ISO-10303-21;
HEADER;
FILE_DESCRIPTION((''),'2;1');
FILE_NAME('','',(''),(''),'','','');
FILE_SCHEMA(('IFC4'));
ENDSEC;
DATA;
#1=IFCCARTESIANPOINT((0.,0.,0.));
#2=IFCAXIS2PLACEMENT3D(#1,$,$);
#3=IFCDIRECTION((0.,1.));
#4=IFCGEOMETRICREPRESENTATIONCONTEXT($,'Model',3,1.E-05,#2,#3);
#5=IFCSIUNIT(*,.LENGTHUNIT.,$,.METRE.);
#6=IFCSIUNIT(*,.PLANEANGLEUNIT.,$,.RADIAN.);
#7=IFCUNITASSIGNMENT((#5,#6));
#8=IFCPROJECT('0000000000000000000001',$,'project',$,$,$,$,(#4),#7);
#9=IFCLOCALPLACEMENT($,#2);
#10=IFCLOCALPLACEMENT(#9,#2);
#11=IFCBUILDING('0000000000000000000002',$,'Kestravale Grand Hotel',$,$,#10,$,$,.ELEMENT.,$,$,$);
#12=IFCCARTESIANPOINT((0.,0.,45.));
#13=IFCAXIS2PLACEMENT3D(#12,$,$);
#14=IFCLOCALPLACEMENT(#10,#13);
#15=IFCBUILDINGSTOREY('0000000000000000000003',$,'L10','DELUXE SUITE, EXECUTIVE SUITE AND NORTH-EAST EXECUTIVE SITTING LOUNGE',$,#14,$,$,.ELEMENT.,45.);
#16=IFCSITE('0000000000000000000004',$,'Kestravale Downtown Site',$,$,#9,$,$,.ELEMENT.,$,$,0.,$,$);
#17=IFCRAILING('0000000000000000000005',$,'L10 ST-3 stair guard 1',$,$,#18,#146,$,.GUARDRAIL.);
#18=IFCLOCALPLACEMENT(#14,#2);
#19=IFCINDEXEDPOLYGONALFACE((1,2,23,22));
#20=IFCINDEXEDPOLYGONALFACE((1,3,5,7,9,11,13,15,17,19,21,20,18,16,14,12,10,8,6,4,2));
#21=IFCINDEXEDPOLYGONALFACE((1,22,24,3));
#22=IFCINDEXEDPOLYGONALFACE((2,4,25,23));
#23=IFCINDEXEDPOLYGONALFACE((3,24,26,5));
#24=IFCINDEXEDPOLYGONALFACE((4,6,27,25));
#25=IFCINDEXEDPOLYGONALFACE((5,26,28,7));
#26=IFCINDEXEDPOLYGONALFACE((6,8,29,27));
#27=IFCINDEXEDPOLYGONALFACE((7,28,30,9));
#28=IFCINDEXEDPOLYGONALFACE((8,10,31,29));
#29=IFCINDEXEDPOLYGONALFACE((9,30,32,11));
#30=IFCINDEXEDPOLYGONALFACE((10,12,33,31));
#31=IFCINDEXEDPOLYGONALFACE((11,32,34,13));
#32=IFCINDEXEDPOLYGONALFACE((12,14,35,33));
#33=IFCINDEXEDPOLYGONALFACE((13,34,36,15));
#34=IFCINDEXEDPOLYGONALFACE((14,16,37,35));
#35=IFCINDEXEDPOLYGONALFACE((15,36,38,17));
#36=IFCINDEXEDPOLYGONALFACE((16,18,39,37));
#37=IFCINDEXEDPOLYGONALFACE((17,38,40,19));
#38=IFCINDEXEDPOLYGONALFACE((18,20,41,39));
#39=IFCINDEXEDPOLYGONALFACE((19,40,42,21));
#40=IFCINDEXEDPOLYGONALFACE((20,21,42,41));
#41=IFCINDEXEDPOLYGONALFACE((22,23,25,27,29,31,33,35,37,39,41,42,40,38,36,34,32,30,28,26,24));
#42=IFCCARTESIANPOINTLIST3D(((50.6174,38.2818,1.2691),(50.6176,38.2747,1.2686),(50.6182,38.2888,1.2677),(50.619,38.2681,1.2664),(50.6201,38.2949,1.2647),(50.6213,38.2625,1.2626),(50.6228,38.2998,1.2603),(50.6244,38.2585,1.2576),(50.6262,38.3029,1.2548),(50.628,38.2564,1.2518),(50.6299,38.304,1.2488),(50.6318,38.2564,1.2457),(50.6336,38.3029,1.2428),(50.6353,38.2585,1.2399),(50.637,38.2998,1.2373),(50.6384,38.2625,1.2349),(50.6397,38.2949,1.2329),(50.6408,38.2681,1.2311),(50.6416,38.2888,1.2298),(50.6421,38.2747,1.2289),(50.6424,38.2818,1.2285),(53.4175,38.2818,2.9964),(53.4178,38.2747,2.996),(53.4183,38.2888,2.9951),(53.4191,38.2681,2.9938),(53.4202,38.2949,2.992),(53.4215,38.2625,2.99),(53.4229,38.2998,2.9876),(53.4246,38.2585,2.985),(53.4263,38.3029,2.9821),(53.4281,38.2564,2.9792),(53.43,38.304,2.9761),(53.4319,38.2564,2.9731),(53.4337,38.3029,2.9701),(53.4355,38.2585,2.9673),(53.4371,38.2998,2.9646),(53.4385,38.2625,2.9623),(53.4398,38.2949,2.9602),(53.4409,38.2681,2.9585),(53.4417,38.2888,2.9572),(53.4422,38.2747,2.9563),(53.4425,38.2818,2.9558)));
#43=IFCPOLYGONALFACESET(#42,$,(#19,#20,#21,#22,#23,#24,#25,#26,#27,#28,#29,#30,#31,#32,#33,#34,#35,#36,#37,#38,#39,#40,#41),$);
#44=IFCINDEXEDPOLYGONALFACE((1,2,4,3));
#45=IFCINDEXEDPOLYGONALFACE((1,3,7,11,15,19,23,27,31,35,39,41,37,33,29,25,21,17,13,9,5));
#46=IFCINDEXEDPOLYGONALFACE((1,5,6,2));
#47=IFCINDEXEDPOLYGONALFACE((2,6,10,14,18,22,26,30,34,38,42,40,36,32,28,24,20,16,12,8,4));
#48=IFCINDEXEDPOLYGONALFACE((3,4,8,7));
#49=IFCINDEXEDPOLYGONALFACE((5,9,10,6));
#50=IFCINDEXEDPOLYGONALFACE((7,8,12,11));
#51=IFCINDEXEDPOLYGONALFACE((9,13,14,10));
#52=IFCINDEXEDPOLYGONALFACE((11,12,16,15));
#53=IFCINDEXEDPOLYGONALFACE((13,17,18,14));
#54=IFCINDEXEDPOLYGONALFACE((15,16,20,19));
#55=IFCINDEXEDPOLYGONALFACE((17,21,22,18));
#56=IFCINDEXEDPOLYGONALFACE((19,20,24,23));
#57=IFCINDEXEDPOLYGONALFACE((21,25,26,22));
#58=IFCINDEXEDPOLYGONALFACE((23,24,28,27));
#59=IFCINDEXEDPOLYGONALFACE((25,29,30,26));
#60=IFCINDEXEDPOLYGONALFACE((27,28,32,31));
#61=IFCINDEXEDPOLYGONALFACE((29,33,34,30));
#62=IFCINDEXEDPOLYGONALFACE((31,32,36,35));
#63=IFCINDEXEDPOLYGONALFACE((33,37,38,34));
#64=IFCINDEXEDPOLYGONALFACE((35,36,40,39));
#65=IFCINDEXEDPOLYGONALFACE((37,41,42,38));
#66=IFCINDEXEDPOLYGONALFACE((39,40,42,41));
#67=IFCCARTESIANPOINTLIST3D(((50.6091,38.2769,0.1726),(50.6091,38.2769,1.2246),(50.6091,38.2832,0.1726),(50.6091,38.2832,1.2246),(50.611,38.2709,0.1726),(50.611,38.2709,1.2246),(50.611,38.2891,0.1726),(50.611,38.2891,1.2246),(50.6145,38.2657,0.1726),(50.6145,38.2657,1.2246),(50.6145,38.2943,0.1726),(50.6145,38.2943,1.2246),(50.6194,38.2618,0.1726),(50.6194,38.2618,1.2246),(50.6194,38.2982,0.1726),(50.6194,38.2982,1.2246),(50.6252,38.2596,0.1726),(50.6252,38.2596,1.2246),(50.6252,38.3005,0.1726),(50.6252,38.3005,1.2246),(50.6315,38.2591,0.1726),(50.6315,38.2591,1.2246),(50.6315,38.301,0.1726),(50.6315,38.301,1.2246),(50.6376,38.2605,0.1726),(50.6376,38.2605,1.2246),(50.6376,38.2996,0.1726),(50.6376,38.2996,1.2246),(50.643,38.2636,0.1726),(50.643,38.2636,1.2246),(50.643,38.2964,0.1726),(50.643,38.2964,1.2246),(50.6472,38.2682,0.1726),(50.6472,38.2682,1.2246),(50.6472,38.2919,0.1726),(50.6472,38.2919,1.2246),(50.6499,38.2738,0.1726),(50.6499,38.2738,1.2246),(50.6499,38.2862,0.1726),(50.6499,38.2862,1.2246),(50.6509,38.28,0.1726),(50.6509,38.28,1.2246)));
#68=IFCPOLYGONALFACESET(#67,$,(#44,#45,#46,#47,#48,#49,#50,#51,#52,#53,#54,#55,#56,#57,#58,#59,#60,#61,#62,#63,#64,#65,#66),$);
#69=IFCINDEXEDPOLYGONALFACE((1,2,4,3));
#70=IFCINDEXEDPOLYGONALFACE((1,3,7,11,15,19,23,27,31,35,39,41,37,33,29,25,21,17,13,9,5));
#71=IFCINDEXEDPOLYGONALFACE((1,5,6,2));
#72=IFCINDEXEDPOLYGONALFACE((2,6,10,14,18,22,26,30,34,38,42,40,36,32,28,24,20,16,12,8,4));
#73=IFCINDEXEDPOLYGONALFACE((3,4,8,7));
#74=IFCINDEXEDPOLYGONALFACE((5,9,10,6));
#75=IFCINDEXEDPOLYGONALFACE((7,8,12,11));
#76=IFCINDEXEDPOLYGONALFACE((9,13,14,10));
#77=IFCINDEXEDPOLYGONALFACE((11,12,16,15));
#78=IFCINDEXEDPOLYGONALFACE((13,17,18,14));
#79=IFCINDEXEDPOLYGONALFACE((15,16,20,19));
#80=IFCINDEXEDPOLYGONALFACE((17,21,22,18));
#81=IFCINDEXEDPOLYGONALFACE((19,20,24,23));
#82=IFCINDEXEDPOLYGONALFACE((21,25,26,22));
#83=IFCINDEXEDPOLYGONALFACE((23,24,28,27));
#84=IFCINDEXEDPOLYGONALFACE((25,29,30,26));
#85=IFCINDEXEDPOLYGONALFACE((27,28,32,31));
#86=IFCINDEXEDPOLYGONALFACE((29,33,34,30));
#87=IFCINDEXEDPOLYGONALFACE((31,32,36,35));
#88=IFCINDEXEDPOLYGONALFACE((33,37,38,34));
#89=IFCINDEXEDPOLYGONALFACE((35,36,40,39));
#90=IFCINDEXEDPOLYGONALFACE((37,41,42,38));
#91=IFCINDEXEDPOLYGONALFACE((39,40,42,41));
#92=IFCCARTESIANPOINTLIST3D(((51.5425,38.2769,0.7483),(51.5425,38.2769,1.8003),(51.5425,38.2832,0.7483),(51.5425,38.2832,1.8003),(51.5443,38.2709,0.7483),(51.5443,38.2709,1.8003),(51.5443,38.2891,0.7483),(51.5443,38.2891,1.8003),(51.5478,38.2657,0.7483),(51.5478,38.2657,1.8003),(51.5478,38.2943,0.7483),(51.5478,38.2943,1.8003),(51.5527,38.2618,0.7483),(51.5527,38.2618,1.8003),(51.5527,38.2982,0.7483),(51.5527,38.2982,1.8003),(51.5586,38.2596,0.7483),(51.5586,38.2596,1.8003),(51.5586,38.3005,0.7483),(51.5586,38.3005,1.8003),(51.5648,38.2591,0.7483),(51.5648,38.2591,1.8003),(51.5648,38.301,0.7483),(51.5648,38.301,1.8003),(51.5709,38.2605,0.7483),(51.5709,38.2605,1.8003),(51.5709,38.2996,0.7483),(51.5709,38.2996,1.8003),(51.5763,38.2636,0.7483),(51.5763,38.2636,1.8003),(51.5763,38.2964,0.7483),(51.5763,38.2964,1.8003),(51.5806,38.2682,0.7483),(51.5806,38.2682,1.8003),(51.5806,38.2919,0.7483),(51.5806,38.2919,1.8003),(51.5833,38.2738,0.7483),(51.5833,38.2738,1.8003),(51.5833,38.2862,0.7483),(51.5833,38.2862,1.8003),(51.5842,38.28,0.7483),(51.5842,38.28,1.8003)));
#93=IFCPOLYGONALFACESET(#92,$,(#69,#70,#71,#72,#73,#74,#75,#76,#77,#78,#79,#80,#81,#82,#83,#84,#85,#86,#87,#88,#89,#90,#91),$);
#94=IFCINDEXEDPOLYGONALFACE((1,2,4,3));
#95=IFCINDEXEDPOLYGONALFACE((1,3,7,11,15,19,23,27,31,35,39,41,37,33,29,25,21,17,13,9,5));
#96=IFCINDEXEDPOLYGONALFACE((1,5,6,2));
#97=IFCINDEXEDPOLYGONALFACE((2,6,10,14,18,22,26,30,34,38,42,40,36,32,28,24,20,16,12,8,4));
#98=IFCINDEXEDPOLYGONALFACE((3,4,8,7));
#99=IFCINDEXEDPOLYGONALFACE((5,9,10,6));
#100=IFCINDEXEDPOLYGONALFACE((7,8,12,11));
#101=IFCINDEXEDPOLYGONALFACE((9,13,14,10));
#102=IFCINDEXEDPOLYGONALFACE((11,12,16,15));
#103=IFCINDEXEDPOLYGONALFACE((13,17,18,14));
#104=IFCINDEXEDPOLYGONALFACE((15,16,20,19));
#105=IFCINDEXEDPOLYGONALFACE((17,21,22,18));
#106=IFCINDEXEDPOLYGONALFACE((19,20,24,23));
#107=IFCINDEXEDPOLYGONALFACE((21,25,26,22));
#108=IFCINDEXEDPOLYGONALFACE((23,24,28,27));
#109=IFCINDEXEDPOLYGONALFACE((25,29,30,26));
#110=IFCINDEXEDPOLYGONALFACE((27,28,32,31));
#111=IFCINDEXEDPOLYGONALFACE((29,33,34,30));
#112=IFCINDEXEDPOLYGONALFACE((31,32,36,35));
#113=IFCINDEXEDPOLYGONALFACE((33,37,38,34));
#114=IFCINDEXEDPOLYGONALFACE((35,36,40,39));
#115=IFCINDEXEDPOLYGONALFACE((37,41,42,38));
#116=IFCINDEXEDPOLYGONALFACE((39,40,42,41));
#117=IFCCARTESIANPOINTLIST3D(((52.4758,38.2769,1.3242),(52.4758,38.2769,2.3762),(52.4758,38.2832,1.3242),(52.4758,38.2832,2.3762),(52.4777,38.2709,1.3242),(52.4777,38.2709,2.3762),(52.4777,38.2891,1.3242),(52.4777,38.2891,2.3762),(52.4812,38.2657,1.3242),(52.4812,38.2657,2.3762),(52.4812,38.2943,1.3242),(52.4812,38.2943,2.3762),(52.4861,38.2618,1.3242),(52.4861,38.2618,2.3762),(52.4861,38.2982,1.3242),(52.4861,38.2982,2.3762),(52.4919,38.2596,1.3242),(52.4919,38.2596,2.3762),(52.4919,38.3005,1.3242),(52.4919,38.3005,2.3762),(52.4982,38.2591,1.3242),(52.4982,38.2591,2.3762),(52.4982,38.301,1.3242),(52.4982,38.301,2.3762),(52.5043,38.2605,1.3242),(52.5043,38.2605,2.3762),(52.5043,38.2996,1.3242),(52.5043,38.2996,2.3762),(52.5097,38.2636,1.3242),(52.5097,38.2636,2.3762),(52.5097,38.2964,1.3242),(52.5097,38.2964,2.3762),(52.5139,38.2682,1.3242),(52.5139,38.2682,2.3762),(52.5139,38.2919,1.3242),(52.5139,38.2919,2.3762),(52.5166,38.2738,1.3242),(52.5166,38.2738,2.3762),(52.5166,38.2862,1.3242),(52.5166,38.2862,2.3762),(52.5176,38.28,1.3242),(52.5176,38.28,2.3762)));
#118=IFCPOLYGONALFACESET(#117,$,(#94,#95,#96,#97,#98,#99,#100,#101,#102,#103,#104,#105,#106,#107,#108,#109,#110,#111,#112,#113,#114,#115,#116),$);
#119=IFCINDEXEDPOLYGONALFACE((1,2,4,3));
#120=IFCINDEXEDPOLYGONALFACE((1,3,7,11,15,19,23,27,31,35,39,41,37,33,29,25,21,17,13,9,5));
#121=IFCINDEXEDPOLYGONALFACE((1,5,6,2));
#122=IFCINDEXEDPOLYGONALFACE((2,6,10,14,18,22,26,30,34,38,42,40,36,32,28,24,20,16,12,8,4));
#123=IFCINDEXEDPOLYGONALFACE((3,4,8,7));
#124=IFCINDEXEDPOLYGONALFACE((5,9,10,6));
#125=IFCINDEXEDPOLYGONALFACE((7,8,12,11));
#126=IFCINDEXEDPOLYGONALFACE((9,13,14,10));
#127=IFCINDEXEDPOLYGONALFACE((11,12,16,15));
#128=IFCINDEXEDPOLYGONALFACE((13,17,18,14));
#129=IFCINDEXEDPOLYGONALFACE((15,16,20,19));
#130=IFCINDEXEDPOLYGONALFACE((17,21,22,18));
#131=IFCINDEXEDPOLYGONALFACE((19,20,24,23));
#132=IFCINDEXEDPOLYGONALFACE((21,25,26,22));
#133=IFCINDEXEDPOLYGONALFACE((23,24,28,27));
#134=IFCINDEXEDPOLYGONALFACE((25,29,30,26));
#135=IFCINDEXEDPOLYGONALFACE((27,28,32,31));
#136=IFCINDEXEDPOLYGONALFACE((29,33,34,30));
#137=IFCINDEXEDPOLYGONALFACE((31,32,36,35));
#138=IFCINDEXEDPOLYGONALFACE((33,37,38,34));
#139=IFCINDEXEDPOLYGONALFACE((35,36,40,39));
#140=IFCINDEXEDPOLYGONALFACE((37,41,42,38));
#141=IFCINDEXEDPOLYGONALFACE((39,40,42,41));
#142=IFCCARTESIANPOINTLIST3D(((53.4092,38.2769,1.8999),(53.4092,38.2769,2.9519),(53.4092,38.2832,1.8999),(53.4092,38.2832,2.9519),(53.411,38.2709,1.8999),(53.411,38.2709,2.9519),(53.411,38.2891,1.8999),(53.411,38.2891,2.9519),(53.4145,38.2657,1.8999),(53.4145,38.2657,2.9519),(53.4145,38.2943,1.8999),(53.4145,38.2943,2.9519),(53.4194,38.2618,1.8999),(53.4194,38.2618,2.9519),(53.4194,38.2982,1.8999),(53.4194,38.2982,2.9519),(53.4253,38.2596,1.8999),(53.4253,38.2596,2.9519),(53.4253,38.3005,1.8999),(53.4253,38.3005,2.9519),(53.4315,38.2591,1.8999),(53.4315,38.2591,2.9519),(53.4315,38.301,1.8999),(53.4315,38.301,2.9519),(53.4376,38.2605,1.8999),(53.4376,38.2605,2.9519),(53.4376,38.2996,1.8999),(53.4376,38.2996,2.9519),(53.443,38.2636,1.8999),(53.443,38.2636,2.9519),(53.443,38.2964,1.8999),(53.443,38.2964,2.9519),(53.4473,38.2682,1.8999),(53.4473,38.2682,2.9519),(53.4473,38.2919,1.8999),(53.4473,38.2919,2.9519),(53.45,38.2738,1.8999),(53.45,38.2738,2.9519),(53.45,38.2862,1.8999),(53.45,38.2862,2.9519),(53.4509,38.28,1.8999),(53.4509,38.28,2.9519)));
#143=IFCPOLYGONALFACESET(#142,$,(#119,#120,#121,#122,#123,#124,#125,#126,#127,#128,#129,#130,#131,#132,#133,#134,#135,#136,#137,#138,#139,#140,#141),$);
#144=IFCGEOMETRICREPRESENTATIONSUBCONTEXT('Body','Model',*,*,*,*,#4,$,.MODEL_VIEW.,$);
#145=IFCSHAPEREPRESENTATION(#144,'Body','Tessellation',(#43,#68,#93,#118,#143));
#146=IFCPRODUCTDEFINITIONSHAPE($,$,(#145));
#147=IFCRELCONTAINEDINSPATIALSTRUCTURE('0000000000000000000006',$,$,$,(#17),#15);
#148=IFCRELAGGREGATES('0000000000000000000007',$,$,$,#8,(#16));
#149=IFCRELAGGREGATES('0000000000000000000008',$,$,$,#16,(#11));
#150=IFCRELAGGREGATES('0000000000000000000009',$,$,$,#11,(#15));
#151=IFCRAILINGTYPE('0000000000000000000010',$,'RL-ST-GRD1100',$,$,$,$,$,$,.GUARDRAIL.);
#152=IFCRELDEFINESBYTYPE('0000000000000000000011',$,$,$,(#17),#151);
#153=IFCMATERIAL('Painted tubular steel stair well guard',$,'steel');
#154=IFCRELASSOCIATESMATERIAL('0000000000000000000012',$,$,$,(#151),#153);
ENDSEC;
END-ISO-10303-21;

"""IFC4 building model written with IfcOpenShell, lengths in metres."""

from ifc_helpers import new_model, si_unit, direction, frame, origin, origin_2d, place, context, subcontext, project, spatial, circle, extrude, material, type_object, element, save


model = new_model("IFC4")

# Units and contexts
model_context = context("Model", 3, precision=1e-05, world=origin(), true_north=direction((0.0, 1.0)))
body_context = subcontext(model_context, "Body", "Model", "MODEL_VIEW")
ifc_project = project(units=[si_unit("LENGTHUNIT", "METRE"), si_unit("PLANEANGLEUNIT", "RADIAN")], contexts=[model_context])

# Site, building, storey
site_placement = place(None, origin())
site = spatial("IfcSite", under=ifc_project, at=site_placement, Name="Kestravale Downtown Site", CompositionType="ELEMENT", RefElevation=0.0)
building_placement = place(site_placement, origin())
building = spatial("IfcBuilding", under=site, at=building_placement, Name="Kestravale Grand Hotel", CompositionType="ELEMENT")
storey_placement = place(building_placement, frame((0.0, 0.0, 45.0)))
storey = spatial("IfcBuildingStorey", under=building, at=storey_placement, Name="L10", Description="DELUXE SUITE, EXECUTIVE SUITE AND NORTH-EAST EXECUTIVE SITTING LOUNGE", CompositionType="ELEMENT", Elevation=45.0)

# Railing
ifc_material_1 = material(Name="Painted tubular steel stair well guard", Category="steel")
railing_type_1 = type_object("IfcRailingType", Name="RL-ST-GRD1100", PredefinedType="GUARDRAIL", material=ifc_material_1)
railing_1_placement = place(storey_placement, frame((50.6299, 38.28, 0.1726)))
element("IfcRailing", 1, at=railing_1_placement, inside=storey, type_object=railing_type_1, Name="L10 ST-3 stair guard 1", PredefinedType="GUARDRAIL", context=body_context, shape_type="SweptSolid", body=[
    extrude(circle(Radius=0.0239, at=origin_2d()), frame((0.0, 0.0, 1.0762), z_axis=(0.85109, 0.0, 0.52502), x_axis=(0.0, 1.0, 0.0)), (0.0, 0.0, 1.0), 3.29),
    extrude(circle(Radius=0.021, at=origin_2d()), origin(), (0.0, 0.0, 1.0), 1.052),
    extrude(circle(Radius=0.021, at=origin_2d()), frame((0.9333, 0.0, 0.5757)), (0.0, 0.0, 1.0), 1.052),
    extrude(circle(Radius=0.021, at=origin_2d()), frame((1.8667, 0.0, 1.1516)), (0.0, 0.0, 1.0), 1.052),
    extrude(circle(Radius=0.021, at=origin_2d()), frame((2.8, 0.0, 1.7273)), (0.0, 0.0, 1.0), 1.052),
])

save(model, "model.ifc")
